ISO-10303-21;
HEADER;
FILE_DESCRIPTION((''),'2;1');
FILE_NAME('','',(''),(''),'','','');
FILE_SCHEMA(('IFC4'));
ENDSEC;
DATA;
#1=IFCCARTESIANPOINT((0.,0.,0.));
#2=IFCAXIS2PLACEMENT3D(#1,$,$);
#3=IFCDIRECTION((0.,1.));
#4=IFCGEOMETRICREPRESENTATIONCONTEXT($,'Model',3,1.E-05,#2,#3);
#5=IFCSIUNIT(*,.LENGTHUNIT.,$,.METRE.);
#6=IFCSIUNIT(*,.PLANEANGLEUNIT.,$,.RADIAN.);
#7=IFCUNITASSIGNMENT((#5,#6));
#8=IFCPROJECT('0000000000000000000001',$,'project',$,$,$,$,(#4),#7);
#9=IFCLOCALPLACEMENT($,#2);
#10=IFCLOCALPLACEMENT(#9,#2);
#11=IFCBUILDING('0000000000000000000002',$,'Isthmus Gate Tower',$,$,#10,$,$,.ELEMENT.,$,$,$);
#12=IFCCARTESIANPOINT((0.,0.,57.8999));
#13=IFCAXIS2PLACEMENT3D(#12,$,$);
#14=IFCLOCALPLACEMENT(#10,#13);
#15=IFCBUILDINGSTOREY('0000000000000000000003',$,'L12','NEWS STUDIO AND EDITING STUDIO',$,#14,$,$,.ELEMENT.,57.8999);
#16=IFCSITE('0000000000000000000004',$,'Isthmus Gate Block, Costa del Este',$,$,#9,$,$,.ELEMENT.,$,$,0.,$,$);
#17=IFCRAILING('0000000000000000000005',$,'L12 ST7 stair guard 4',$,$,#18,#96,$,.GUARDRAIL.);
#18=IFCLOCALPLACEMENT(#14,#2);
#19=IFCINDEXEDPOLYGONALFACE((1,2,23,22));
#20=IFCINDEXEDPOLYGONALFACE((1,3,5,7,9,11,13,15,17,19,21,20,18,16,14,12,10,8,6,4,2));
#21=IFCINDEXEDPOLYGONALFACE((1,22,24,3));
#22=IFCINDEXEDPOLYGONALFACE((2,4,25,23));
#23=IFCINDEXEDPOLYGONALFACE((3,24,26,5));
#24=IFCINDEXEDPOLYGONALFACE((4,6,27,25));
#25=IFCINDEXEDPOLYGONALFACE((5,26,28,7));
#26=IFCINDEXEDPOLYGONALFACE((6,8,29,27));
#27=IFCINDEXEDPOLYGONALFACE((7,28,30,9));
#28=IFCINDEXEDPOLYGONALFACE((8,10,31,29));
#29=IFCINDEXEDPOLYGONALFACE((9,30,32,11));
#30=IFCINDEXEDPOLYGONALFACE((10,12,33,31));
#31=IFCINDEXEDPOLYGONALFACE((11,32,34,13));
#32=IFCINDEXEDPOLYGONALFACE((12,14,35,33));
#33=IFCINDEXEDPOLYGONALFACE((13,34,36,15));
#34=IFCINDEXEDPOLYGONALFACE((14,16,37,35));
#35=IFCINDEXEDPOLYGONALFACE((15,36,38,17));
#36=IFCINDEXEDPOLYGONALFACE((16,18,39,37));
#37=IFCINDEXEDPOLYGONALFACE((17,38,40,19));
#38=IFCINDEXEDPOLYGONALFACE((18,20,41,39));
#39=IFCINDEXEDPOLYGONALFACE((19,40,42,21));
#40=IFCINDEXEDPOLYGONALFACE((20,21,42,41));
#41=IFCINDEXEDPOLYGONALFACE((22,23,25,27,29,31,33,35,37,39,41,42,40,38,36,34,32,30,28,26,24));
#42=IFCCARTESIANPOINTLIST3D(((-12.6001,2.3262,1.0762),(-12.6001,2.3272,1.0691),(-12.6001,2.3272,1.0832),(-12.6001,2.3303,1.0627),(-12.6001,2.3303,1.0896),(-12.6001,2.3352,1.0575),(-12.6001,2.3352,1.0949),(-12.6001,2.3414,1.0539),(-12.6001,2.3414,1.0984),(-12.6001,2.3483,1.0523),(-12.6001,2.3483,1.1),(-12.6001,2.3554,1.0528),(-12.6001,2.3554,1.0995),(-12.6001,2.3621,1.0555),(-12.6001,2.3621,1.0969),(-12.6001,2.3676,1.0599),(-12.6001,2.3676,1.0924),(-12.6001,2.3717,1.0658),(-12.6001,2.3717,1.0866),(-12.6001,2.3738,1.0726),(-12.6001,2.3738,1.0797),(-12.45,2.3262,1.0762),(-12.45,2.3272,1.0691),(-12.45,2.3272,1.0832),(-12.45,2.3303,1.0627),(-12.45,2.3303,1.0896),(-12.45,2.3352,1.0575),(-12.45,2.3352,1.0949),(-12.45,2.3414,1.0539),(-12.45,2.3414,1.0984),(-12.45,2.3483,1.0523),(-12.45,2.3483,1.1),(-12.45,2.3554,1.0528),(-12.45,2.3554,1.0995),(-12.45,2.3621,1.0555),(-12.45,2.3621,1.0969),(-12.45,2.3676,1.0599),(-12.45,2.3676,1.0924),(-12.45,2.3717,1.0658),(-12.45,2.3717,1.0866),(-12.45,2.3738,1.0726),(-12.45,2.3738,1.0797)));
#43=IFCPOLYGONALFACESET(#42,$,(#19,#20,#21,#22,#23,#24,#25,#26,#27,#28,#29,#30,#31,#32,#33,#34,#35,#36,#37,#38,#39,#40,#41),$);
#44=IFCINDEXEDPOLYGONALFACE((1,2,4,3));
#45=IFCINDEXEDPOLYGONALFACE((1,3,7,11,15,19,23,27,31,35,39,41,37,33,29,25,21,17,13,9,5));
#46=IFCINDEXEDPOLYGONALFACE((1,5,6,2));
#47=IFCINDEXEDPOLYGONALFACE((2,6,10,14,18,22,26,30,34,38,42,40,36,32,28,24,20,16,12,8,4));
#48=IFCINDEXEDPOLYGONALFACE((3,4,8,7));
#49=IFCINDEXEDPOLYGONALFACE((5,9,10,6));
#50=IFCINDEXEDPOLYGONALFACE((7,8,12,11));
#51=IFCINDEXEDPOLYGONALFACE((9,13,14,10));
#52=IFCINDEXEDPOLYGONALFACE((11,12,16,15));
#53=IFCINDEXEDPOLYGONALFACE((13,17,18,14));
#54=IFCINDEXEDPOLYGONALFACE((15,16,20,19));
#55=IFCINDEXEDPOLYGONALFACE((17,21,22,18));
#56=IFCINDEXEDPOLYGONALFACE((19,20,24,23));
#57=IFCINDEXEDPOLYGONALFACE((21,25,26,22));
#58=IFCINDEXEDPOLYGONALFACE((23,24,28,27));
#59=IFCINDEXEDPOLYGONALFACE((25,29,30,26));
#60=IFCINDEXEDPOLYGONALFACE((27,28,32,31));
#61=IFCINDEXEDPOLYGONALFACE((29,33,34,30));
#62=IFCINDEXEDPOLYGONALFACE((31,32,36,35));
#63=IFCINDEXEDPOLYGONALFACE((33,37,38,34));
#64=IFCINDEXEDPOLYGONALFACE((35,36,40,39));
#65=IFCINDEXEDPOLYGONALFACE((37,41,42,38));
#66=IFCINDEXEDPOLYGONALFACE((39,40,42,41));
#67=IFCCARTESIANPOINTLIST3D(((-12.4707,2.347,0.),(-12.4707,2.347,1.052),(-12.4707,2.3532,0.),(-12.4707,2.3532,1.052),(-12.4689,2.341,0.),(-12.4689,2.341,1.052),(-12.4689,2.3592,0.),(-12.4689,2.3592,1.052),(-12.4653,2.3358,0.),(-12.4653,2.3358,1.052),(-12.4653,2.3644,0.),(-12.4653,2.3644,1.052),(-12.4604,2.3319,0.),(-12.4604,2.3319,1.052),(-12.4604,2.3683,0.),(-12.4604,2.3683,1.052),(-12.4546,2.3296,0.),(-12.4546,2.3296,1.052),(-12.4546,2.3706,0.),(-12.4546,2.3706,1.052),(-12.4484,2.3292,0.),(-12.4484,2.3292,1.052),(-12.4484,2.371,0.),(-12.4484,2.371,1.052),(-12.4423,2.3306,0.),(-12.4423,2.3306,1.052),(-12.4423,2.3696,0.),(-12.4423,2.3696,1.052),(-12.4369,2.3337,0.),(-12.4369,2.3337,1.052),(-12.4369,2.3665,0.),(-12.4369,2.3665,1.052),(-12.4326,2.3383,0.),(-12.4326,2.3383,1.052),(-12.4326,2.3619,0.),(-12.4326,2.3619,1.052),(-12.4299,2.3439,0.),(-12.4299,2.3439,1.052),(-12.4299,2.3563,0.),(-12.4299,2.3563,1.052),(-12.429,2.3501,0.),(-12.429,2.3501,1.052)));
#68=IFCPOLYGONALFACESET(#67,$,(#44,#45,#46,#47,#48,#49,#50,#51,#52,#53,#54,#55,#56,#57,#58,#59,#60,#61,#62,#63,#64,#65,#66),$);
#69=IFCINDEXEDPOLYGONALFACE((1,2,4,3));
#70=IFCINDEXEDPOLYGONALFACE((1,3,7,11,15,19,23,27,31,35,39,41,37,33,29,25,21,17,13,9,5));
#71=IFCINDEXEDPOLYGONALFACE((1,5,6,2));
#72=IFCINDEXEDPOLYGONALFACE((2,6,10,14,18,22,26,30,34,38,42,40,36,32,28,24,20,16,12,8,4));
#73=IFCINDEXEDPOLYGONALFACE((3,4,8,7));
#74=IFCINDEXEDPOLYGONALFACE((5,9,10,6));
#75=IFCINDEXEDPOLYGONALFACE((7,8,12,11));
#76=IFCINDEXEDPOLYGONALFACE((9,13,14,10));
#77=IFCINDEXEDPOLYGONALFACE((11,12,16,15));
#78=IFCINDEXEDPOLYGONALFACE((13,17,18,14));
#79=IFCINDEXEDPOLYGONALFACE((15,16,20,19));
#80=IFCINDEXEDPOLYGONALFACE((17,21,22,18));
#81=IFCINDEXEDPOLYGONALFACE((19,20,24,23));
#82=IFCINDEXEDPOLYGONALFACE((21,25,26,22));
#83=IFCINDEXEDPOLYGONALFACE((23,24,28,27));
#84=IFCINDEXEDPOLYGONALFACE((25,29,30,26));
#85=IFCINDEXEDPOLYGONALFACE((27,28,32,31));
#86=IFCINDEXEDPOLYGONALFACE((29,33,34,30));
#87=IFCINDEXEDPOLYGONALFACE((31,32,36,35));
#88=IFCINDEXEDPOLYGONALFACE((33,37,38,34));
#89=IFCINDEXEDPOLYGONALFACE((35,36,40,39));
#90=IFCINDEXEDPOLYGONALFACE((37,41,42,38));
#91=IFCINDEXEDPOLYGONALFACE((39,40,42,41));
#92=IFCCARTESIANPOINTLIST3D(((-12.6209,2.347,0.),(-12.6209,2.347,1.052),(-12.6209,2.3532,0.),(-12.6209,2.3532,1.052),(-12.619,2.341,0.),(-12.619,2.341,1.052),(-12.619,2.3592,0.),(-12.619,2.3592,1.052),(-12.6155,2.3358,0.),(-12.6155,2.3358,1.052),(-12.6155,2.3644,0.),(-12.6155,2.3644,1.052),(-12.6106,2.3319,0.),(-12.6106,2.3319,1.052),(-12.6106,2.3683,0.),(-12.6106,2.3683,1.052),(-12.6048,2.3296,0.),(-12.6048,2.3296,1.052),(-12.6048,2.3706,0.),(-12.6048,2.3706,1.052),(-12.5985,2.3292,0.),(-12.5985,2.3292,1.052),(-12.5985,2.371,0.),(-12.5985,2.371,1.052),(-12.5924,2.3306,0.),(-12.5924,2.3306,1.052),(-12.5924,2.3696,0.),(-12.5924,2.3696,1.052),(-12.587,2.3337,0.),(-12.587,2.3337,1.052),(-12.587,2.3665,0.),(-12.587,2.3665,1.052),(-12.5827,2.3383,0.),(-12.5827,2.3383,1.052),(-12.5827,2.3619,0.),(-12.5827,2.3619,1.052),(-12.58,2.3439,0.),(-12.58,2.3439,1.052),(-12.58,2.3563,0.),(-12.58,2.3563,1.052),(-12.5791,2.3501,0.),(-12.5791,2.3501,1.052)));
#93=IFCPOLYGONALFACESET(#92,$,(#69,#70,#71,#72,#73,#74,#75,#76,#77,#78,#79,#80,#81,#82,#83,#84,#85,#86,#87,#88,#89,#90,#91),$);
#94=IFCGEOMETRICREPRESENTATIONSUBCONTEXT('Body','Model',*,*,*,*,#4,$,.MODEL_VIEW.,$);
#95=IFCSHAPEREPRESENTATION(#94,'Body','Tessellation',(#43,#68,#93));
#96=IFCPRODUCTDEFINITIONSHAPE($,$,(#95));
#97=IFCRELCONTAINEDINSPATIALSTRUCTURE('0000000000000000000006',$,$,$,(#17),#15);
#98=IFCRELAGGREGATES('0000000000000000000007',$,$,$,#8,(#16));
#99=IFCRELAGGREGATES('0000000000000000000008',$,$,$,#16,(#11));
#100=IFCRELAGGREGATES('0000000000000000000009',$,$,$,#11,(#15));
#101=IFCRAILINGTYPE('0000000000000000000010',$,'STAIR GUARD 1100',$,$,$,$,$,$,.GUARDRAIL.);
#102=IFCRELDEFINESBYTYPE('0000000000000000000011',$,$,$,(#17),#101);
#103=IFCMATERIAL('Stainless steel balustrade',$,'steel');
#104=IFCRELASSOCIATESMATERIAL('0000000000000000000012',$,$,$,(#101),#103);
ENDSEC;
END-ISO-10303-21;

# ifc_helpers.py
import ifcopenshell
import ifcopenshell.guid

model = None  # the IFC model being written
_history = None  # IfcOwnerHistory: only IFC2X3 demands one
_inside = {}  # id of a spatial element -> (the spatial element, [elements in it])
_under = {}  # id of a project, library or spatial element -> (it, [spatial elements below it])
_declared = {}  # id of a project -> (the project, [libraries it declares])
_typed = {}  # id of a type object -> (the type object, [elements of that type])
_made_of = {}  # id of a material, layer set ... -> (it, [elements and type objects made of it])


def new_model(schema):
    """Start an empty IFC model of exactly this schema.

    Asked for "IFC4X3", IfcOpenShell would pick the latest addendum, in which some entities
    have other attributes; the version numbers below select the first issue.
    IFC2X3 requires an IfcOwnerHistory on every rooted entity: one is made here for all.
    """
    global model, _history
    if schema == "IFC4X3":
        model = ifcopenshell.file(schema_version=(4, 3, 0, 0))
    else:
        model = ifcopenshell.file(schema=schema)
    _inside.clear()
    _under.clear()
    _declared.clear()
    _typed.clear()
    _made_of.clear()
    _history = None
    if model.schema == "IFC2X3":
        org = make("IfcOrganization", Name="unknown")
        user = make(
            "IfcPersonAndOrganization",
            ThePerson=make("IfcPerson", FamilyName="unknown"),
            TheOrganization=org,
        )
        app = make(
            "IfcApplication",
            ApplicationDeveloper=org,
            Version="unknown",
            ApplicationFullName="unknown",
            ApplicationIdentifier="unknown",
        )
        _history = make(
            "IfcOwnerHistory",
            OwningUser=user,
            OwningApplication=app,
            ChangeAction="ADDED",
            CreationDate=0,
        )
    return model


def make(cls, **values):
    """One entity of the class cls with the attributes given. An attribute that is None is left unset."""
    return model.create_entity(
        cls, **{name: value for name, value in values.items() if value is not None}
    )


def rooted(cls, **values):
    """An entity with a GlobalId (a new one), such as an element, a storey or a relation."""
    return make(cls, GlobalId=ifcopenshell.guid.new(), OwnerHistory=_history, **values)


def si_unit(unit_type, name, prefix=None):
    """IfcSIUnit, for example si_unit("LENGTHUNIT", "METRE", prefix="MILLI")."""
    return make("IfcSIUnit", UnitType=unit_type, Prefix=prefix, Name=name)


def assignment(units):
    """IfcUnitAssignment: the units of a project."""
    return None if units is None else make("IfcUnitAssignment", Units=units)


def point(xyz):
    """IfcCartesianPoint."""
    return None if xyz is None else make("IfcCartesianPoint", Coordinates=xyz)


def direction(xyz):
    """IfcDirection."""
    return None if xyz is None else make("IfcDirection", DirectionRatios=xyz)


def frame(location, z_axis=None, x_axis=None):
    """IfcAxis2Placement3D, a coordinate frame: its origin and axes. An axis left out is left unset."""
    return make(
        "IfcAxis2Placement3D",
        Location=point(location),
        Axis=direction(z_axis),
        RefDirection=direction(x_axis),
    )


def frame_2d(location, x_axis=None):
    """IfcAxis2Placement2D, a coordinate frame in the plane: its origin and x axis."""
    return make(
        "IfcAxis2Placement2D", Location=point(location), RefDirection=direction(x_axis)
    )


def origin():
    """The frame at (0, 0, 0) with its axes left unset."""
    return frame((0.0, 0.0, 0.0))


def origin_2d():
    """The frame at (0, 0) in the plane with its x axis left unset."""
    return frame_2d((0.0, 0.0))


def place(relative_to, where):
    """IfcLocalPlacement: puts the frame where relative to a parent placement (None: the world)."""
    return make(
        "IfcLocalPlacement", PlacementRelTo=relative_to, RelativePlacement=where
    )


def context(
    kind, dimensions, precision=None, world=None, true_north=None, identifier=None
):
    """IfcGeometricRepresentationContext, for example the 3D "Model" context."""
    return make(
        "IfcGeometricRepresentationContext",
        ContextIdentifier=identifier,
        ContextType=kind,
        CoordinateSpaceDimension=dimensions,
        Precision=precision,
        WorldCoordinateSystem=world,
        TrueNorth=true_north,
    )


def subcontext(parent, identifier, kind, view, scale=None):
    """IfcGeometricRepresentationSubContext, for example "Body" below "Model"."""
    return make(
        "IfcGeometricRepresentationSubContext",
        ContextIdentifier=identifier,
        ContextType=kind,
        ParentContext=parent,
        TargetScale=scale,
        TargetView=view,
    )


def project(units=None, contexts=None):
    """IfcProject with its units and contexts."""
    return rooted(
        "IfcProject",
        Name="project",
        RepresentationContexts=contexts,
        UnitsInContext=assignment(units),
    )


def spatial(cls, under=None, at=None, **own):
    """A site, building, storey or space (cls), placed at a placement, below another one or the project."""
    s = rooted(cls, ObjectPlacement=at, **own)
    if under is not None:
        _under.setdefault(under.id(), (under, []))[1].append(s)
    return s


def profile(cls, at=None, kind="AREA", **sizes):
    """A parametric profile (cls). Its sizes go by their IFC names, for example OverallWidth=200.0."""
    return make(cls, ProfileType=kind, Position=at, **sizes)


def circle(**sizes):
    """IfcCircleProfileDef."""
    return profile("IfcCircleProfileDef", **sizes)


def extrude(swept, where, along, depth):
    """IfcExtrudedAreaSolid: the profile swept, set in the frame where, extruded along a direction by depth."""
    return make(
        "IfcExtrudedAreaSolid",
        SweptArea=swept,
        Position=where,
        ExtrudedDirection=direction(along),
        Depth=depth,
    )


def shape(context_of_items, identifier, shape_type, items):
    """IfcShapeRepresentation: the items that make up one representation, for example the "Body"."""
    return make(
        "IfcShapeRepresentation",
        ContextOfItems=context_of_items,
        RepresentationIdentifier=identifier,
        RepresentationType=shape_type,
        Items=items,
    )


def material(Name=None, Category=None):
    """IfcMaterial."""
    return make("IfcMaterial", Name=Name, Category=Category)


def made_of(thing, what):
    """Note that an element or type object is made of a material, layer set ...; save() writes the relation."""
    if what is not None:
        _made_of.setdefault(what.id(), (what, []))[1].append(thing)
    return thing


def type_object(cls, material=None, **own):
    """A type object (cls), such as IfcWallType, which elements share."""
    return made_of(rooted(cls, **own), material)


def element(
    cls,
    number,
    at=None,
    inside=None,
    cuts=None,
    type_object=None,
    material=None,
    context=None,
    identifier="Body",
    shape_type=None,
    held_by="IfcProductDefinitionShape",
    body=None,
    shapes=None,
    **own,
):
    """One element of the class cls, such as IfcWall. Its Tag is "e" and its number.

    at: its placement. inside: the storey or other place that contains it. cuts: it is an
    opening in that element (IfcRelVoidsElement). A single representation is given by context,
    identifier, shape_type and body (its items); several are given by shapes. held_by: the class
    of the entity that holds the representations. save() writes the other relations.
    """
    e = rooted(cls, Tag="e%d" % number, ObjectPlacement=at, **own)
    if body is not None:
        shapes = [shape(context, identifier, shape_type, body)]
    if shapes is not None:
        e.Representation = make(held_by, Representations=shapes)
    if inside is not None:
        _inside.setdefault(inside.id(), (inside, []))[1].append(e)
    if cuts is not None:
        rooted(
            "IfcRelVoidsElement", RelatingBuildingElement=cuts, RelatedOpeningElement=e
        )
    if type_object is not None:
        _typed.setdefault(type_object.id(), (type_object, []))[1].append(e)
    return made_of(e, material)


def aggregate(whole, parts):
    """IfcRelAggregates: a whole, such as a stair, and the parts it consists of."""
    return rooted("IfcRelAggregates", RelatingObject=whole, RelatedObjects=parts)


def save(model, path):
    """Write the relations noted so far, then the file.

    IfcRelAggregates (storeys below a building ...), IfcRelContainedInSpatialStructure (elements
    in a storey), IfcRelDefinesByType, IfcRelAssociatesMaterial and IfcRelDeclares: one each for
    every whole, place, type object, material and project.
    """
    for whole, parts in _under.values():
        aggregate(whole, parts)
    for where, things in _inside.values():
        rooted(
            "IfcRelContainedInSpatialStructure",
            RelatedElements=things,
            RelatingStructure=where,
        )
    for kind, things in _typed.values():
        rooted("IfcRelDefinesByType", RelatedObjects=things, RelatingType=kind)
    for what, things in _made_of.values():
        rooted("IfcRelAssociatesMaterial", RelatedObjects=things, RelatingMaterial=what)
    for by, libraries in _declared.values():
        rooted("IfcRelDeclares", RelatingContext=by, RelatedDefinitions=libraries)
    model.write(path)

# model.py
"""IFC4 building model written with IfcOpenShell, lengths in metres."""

from ifc_helpers import new_model, si_unit, direction, frame, origin, origin_2d, place, context, subcontext, project, spatial, circle, extrude, material, type_object, element, save


model = new_model("IFC4")

# Units and contexts
model_context = context("Model", 3, precision=1e-05, world=origin(), true_north=direction((0.0, 1.0)))
body_context = subcontext(model_context, "Body", "Model", "MODEL_VIEW")
ifc_project = project(units=[si_unit("LENGTHUNIT", "METRE"), si_unit("PLANEANGLEUNIT", "RADIAN")], contexts=[model_context])

# Site, building, storey
site_placement = place(None, origin())
site = spatial("IfcSite", under=ifc_project, at=site_placement, Name="Isthmus Gate Block, Costa del Este", CompositionType="ELEMENT", RefElevation=0.0)
building_placement = place(site_placement, origin())
building = spatial("IfcBuilding", under=site, at=building_placement, Name="Isthmus Gate Tower", CompositionType="ELEMENT")
storey_placement = place(building_placement, frame((0.0, 0.0, 57.8999)))
storey = spatial("IfcBuildingStorey", under=building, at=storey_placement, Name="L12", Description="NEWS STUDIO AND EDITING STUDIO", CompositionType="ELEMENT", Elevation=57.8999)

# Railing
ifc_material_1 = material(Name="Stainless steel balustrade", Category="steel")
railing_type_1 = type_object("IfcRailingType", Name="STAIR GUARD 1100", PredefinedType="GUARDRAIL", material=ifc_material_1)
railing_1_placement = place(storey_placement, frame((-12.45, 2.3501, 0.0)))
element("IfcRailing", 1, at=railing_1_placement, inside=storey, type_object=railing_type_1, Name="L12 ST7 stair guard 4", PredefinedType="GUARDRAIL", context=body_context, shape_type="SweptSolid", body=[
    extrude(circle(Radius=0.0239, at=origin_2d()), frame((0.0, 0.0, 1.0762), z_axis=(-1.0, 0.0, 0.0), x_axis=(0.0, -1.0, 0.0)), (0.0, 0.0, 1.0), 0.1501),
    extrude(circle(Radius=0.021, at=origin_2d()), origin(), (0.0, 0.0, 1.0), 1.052),
    extrude(circle(Radius=0.021, at=origin_2d()), frame((-0.1501, 0.0, 0.0)), (0.0, 0.0, 1.0), 1.052),
])

save(model, "model.ifc")
